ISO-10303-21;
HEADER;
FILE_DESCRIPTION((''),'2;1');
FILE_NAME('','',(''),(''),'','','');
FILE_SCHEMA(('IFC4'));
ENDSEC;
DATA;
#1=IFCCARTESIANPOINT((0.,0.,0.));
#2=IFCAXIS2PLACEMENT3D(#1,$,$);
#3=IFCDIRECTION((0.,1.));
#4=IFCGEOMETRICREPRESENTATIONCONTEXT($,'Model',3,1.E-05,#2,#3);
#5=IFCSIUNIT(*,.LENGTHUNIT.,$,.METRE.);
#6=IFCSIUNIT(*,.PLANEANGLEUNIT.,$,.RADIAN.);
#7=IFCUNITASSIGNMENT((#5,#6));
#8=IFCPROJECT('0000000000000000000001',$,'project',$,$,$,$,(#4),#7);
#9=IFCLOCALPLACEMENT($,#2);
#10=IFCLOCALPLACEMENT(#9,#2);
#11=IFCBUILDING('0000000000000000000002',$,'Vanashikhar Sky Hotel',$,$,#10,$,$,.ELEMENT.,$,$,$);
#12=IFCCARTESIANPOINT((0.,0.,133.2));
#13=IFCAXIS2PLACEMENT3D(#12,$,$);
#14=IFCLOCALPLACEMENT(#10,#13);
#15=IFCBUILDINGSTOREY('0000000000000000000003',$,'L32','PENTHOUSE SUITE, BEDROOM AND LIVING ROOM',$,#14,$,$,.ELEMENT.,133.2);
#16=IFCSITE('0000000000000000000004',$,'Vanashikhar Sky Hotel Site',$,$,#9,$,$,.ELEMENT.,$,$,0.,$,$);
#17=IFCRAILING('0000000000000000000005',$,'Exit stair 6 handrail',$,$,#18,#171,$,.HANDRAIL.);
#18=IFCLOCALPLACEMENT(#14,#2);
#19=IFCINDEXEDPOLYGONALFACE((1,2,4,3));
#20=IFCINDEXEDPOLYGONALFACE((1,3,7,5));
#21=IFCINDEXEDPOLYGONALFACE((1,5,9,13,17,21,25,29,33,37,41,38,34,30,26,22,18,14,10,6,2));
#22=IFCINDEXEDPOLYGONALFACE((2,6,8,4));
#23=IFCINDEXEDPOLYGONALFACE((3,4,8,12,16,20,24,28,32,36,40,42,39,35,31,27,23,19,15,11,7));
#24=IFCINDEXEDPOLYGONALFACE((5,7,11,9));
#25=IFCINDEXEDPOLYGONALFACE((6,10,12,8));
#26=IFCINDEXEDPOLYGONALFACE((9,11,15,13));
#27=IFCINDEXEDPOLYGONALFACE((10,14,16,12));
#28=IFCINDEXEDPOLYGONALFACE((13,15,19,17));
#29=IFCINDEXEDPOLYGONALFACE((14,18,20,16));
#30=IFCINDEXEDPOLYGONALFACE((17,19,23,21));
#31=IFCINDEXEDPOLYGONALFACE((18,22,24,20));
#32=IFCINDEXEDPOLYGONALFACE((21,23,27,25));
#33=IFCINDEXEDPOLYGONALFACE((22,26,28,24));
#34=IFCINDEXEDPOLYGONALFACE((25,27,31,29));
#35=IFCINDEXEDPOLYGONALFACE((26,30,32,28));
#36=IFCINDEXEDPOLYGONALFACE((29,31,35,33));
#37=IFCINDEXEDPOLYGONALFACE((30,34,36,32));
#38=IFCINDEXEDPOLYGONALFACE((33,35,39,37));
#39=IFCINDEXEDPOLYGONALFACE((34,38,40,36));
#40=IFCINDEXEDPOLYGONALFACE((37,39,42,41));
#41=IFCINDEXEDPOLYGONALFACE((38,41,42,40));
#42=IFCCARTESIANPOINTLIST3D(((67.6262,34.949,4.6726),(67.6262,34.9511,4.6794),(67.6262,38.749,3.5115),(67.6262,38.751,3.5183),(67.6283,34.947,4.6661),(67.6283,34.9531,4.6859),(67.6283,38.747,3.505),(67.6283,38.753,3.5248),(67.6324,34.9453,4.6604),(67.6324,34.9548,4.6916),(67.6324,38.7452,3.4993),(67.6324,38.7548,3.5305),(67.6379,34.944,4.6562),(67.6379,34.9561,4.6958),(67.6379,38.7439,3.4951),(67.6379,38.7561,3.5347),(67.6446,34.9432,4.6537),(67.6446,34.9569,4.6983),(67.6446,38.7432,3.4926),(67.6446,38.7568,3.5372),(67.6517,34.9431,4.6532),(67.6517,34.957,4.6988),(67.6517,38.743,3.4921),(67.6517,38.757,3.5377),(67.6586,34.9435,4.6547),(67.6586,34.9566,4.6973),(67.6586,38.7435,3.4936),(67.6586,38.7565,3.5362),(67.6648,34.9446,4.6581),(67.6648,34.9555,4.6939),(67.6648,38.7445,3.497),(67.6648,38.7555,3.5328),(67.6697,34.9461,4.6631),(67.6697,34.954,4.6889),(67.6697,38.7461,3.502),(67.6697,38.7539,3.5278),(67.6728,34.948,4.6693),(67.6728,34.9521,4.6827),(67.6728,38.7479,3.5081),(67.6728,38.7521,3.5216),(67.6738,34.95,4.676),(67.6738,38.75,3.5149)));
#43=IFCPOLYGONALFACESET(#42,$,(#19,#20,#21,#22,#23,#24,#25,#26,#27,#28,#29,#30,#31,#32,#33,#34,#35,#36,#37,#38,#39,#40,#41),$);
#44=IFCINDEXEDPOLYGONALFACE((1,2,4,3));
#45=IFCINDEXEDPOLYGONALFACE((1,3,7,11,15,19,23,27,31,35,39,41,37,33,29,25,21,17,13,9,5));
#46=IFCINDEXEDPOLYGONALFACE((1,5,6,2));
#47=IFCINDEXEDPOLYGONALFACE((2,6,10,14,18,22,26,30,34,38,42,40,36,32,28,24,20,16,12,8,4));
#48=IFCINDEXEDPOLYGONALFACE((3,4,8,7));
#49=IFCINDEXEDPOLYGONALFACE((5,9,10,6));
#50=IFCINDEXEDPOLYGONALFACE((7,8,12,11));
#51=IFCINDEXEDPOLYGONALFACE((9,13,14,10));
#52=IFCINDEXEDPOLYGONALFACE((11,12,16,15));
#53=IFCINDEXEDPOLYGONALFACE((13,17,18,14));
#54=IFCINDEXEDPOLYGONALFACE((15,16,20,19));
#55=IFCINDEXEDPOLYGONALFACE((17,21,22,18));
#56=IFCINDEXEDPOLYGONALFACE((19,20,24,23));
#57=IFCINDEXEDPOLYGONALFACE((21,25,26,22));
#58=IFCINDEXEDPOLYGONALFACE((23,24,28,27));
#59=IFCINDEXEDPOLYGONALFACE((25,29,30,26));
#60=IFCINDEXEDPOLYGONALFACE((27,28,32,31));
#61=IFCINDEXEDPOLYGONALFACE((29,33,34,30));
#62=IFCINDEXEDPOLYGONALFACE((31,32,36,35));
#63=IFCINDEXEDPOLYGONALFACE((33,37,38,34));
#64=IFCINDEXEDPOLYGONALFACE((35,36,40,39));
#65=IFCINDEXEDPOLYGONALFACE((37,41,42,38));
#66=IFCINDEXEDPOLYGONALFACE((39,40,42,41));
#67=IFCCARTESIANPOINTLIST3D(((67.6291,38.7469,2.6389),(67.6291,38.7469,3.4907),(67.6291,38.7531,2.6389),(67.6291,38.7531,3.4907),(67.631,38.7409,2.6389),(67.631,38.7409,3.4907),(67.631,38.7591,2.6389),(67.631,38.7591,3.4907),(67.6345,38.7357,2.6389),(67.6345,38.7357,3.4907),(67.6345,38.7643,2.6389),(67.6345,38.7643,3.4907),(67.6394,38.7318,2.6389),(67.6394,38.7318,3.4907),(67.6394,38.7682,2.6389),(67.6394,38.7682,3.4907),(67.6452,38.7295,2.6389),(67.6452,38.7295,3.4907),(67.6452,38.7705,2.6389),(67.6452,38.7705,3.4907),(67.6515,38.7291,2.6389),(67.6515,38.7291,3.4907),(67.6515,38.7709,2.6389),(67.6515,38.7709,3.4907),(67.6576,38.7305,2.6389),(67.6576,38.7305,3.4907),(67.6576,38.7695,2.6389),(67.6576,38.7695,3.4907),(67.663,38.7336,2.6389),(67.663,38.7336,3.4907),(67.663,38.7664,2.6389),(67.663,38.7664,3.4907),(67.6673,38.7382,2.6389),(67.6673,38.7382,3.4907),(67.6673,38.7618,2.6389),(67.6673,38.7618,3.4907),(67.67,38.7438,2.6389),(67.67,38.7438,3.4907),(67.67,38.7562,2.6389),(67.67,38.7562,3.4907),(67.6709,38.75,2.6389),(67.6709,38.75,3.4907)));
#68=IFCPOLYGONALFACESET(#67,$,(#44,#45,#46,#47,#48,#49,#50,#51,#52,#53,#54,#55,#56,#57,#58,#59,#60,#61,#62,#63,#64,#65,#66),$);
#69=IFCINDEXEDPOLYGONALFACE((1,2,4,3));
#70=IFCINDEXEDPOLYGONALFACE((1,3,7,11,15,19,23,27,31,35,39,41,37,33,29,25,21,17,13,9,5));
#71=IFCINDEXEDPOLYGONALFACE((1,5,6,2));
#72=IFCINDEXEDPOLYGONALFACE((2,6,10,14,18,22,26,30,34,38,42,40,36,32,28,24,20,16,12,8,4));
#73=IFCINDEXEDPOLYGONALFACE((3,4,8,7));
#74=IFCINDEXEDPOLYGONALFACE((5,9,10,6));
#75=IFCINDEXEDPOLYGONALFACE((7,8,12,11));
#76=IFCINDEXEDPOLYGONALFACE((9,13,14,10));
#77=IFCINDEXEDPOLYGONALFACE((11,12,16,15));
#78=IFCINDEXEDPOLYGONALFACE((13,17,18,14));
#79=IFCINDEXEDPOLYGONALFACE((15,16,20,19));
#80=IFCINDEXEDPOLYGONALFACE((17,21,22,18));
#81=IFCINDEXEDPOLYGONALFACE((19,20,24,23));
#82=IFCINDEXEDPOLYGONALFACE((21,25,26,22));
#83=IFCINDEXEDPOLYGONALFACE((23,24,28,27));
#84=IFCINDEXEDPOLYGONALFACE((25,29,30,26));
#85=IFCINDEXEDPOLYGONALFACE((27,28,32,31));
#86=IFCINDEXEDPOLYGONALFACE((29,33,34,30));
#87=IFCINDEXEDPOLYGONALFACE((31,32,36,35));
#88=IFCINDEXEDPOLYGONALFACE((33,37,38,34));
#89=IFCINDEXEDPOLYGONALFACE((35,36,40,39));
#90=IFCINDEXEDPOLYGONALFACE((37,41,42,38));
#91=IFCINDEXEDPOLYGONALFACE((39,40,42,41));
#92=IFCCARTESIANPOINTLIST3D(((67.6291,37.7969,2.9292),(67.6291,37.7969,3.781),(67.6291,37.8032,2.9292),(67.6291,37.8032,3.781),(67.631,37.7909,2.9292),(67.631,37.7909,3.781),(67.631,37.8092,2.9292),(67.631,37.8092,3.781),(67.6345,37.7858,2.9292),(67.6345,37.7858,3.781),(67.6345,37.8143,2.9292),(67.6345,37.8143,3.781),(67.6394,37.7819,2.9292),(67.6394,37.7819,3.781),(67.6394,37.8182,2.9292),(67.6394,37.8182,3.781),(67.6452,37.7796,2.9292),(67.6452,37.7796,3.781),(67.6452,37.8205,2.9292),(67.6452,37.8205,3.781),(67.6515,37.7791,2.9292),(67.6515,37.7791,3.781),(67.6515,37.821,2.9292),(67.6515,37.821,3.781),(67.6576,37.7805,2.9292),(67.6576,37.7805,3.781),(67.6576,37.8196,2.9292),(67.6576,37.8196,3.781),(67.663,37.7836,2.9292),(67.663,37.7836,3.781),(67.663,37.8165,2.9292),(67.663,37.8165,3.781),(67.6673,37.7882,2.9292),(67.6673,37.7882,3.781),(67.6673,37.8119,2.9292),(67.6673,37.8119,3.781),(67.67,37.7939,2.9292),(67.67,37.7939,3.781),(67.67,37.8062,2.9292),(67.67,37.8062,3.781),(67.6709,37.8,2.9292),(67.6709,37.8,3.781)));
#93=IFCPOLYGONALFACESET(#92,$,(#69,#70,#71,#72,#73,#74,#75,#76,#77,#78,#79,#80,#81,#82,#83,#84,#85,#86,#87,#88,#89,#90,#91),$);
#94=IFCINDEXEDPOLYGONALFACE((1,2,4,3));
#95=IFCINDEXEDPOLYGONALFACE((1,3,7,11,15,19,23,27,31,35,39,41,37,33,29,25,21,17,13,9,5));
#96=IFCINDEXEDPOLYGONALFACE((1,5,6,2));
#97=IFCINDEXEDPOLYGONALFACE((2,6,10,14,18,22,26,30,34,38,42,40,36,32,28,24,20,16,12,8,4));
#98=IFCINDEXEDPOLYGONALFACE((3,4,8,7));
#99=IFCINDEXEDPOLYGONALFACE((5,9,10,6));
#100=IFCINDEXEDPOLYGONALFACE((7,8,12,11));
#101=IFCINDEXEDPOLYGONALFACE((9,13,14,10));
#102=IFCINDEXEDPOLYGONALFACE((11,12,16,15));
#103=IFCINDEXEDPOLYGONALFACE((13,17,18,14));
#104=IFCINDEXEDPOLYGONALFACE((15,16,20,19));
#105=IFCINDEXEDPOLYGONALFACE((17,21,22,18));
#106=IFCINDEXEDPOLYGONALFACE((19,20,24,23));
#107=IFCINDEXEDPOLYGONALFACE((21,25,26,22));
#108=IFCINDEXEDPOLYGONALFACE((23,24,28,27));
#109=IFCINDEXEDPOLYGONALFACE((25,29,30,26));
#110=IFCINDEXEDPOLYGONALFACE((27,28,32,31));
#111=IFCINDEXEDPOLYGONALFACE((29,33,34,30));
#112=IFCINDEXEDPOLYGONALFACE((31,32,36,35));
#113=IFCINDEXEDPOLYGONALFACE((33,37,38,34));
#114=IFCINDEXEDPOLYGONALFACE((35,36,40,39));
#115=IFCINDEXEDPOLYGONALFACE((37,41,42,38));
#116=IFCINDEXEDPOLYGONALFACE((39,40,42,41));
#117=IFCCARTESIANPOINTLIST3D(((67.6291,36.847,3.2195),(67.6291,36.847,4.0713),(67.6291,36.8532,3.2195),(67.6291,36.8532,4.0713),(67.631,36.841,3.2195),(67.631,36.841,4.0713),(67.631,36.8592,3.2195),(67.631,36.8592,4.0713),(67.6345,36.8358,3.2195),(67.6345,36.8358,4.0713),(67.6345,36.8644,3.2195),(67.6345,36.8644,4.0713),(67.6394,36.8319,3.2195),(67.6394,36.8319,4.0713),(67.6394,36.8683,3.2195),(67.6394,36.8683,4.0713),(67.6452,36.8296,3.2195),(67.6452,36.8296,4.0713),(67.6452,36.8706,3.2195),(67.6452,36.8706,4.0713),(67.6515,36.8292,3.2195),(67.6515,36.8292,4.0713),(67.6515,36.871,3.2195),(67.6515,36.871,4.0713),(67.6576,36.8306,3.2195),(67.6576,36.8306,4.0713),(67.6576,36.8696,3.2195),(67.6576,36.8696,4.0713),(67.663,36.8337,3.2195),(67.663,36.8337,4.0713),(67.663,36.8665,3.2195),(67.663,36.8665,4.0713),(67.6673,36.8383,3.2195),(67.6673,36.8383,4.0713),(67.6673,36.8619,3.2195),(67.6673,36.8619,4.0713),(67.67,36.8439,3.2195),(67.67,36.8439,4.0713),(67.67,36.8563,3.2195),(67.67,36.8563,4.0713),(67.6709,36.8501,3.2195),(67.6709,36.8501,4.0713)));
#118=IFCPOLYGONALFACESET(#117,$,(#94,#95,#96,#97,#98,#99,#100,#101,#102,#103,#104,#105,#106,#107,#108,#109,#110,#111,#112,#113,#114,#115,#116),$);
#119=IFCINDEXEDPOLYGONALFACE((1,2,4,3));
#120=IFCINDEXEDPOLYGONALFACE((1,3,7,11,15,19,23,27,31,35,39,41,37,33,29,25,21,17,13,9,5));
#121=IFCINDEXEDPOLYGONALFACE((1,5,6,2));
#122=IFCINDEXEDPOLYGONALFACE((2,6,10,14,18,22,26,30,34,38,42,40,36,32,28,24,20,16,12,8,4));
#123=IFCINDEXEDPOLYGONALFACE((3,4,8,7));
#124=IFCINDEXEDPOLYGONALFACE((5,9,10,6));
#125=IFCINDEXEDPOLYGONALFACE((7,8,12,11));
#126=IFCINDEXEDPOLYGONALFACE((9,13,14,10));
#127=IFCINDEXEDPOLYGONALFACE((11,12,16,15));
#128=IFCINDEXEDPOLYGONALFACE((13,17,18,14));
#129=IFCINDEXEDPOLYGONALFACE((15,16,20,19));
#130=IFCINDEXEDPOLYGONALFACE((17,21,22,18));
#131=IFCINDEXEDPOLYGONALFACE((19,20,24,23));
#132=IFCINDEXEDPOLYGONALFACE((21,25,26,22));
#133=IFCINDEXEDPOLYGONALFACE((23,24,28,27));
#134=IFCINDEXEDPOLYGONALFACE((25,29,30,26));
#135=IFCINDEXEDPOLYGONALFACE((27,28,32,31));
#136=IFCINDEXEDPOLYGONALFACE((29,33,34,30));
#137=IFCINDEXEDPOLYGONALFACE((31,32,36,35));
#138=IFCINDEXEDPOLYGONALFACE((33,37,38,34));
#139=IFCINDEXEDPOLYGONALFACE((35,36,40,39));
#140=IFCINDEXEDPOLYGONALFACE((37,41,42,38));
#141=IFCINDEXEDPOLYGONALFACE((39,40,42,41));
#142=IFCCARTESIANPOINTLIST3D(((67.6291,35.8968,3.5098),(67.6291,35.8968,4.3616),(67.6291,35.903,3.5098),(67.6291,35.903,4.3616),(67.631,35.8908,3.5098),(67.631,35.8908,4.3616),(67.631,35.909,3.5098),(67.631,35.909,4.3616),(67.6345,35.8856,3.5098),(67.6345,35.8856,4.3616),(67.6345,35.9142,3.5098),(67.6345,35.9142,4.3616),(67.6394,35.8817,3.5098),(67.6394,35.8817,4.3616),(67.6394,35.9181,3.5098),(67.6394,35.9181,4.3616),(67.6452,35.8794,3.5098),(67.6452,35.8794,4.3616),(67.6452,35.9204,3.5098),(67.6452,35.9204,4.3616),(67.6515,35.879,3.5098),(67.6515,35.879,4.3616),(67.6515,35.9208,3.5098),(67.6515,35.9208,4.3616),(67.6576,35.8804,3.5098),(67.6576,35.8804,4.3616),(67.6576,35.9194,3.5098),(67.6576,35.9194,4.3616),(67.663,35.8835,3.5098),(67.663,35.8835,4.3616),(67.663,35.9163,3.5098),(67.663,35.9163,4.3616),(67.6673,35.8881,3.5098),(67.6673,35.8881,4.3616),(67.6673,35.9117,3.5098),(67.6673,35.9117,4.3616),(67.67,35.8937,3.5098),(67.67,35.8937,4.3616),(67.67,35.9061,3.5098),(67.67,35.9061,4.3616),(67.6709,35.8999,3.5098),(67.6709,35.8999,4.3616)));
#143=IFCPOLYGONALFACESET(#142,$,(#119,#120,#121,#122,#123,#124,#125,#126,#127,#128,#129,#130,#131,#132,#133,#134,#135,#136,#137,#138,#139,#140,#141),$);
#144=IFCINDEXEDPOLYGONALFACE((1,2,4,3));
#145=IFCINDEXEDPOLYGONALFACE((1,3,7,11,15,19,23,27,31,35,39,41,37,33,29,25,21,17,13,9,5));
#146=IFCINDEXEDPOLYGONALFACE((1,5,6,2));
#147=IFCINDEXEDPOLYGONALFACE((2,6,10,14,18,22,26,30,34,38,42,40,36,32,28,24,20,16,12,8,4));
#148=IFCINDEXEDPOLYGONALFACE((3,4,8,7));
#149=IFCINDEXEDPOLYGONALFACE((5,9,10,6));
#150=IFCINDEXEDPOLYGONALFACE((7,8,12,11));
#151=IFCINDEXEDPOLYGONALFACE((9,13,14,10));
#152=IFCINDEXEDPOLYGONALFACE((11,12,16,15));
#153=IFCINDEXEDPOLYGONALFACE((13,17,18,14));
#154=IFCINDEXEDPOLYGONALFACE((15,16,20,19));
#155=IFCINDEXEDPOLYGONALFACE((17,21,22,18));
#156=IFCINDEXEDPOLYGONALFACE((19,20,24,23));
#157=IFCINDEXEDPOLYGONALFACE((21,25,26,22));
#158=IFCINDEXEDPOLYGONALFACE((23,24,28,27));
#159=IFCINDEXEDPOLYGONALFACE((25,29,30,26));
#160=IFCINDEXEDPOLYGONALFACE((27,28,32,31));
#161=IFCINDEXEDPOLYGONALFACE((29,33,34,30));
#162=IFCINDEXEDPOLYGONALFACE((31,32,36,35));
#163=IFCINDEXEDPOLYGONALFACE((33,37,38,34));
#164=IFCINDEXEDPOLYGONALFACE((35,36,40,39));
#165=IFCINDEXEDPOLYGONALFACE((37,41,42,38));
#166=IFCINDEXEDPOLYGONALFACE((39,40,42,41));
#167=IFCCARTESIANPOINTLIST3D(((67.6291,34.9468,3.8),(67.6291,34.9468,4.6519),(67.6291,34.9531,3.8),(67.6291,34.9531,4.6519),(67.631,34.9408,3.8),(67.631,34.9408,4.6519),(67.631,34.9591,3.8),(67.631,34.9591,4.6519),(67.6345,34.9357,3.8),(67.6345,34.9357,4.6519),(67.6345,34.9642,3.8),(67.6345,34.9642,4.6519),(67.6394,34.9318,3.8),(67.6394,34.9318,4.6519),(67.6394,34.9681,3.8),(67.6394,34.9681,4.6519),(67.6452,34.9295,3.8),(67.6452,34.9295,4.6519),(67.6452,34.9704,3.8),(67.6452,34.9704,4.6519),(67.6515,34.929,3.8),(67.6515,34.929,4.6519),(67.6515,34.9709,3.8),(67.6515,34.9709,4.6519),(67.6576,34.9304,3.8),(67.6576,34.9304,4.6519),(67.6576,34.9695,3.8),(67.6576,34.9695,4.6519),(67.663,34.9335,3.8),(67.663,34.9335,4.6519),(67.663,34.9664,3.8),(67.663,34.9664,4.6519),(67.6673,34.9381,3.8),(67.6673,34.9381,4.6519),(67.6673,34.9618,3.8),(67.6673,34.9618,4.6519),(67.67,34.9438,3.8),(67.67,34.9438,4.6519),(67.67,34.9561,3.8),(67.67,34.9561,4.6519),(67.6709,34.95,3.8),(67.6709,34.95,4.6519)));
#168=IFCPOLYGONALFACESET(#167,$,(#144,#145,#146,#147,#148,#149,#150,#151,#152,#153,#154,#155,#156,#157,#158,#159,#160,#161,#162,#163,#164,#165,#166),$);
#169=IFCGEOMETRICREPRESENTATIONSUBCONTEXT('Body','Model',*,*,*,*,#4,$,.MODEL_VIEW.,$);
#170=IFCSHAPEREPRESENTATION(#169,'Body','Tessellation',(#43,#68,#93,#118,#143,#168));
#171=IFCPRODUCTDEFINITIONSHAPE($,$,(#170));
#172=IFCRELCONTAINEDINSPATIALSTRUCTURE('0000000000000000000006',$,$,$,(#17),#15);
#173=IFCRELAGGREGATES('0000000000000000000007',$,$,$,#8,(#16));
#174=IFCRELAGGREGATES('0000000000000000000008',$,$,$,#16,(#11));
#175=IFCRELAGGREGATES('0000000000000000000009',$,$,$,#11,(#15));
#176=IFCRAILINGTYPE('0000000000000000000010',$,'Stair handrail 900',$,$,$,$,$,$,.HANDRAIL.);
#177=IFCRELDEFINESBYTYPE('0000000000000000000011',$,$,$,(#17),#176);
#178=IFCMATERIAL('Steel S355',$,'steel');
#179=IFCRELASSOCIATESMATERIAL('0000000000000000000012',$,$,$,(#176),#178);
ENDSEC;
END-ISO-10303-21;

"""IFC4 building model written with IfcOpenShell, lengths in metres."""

from ifc_helpers import new_model, si_unit, direction, frame, origin, origin_2d, place, context, subcontext, project, spatial, circle, extrude, source, transform, mapped, material, type_object, element, save


model = new_model("IFC4")

# Units and contexts
model_context = context("Model", 3, precision=1e-05, world=origin(), true_north=direction((0.0, 1.0)))
body_context = subcontext(model_context, "Body", "Model", "MODEL_VIEW")
ifc_project = project(units=[si_unit("LENGTHUNIT", "METRE"), si_unit("PLANEANGLEUNIT", "RADIAN")], contexts=[model_context])

# Site, building, storey
site_placement = place(None, origin())
site = spatial("IfcSite", under=ifc_project, at=site_placement, Name="Vanashikhar Sky Hotel Site", CompositionType="ELEMENT", RefElevation=0.0)
building_placement = place(site_placement, origin())
building = spatial("IfcBuilding", under=site, at=building_placement, Name="Vanashikhar Sky Hotel", CompositionType="ELEMENT")
storey_placement = place(building_placement, frame((0.0, 0.0, 133.2)))
storey = spatial("IfcBuildingStorey", under=building, at=storey_placement, Name="L32", Description="PENTHOUSE SUITE, BEDROOM AND LIVING ROOM", CompositionType="ELEMENT", Elevation=133.2)

# Railing
ifc_material_1 = material(Name="Steel S355", Category="steel")
railing_type_1 = type_object("IfcRailingType", Name="Stair handrail 900", PredefinedType="HANDRAIL", material=ifc_material_1)
shared_shape_1 = source(origin(), body_context, "Body", "SweptSolid", [
    extrude(circle(Radius=0.0239, at=origin_2d()), frame((0.0, 0.0, 0.876), z_axis=(0.0, -0.956351, 0.29222), x_axis=(1.0, 0.0, 0.0)), (0.0, 0.0, 1.0), 3.9734),
    extrude(circle(Radius=0.021, at=origin_2d()), origin(), (0.0, 0.0, 1.0), 0.8518),
    extrude(circle(Radius=0.021, at=origin_2d()), frame((0.0, -0.95, 0.2903)), (0.0, 0.0, 1.0), 0.8518),
    extrude(circle(Radius=0.021, at=origin_2d()), frame((0.0, -1.8999, 0.5806)), (0.0, 0.0, 1.0), 0.8518),
    extrude(circle(Radius=0.021, at=origin_2d()), frame((0.0, -2.8501, 0.8708)), (0.0, 0.0, 1.0), 0.8518),
    extrude(circle(Radius=0.021, at=origin_2d()), frame((0.0, -3.8, 1.1611)), (0.0, 0.0, 1.0), 0.8518),
])
for number, where, name in (
    (1, (67.6499, 38.75, 2.6389), "Exit stair 6 handrail"),
):
    element("IfcRailing", number, at=place(storey_placement, frame(where)), inside=storey, type_object=railing_type_1, Name=name, PredefinedType="HANDRAIL", context=body_context, shape_type="MappedRepresentation", body=[
        mapped(shared_shape_1, transform((0.0, 0.0, 0.0), scale=1.0)),
    ])

save(model, "model.ifc")
